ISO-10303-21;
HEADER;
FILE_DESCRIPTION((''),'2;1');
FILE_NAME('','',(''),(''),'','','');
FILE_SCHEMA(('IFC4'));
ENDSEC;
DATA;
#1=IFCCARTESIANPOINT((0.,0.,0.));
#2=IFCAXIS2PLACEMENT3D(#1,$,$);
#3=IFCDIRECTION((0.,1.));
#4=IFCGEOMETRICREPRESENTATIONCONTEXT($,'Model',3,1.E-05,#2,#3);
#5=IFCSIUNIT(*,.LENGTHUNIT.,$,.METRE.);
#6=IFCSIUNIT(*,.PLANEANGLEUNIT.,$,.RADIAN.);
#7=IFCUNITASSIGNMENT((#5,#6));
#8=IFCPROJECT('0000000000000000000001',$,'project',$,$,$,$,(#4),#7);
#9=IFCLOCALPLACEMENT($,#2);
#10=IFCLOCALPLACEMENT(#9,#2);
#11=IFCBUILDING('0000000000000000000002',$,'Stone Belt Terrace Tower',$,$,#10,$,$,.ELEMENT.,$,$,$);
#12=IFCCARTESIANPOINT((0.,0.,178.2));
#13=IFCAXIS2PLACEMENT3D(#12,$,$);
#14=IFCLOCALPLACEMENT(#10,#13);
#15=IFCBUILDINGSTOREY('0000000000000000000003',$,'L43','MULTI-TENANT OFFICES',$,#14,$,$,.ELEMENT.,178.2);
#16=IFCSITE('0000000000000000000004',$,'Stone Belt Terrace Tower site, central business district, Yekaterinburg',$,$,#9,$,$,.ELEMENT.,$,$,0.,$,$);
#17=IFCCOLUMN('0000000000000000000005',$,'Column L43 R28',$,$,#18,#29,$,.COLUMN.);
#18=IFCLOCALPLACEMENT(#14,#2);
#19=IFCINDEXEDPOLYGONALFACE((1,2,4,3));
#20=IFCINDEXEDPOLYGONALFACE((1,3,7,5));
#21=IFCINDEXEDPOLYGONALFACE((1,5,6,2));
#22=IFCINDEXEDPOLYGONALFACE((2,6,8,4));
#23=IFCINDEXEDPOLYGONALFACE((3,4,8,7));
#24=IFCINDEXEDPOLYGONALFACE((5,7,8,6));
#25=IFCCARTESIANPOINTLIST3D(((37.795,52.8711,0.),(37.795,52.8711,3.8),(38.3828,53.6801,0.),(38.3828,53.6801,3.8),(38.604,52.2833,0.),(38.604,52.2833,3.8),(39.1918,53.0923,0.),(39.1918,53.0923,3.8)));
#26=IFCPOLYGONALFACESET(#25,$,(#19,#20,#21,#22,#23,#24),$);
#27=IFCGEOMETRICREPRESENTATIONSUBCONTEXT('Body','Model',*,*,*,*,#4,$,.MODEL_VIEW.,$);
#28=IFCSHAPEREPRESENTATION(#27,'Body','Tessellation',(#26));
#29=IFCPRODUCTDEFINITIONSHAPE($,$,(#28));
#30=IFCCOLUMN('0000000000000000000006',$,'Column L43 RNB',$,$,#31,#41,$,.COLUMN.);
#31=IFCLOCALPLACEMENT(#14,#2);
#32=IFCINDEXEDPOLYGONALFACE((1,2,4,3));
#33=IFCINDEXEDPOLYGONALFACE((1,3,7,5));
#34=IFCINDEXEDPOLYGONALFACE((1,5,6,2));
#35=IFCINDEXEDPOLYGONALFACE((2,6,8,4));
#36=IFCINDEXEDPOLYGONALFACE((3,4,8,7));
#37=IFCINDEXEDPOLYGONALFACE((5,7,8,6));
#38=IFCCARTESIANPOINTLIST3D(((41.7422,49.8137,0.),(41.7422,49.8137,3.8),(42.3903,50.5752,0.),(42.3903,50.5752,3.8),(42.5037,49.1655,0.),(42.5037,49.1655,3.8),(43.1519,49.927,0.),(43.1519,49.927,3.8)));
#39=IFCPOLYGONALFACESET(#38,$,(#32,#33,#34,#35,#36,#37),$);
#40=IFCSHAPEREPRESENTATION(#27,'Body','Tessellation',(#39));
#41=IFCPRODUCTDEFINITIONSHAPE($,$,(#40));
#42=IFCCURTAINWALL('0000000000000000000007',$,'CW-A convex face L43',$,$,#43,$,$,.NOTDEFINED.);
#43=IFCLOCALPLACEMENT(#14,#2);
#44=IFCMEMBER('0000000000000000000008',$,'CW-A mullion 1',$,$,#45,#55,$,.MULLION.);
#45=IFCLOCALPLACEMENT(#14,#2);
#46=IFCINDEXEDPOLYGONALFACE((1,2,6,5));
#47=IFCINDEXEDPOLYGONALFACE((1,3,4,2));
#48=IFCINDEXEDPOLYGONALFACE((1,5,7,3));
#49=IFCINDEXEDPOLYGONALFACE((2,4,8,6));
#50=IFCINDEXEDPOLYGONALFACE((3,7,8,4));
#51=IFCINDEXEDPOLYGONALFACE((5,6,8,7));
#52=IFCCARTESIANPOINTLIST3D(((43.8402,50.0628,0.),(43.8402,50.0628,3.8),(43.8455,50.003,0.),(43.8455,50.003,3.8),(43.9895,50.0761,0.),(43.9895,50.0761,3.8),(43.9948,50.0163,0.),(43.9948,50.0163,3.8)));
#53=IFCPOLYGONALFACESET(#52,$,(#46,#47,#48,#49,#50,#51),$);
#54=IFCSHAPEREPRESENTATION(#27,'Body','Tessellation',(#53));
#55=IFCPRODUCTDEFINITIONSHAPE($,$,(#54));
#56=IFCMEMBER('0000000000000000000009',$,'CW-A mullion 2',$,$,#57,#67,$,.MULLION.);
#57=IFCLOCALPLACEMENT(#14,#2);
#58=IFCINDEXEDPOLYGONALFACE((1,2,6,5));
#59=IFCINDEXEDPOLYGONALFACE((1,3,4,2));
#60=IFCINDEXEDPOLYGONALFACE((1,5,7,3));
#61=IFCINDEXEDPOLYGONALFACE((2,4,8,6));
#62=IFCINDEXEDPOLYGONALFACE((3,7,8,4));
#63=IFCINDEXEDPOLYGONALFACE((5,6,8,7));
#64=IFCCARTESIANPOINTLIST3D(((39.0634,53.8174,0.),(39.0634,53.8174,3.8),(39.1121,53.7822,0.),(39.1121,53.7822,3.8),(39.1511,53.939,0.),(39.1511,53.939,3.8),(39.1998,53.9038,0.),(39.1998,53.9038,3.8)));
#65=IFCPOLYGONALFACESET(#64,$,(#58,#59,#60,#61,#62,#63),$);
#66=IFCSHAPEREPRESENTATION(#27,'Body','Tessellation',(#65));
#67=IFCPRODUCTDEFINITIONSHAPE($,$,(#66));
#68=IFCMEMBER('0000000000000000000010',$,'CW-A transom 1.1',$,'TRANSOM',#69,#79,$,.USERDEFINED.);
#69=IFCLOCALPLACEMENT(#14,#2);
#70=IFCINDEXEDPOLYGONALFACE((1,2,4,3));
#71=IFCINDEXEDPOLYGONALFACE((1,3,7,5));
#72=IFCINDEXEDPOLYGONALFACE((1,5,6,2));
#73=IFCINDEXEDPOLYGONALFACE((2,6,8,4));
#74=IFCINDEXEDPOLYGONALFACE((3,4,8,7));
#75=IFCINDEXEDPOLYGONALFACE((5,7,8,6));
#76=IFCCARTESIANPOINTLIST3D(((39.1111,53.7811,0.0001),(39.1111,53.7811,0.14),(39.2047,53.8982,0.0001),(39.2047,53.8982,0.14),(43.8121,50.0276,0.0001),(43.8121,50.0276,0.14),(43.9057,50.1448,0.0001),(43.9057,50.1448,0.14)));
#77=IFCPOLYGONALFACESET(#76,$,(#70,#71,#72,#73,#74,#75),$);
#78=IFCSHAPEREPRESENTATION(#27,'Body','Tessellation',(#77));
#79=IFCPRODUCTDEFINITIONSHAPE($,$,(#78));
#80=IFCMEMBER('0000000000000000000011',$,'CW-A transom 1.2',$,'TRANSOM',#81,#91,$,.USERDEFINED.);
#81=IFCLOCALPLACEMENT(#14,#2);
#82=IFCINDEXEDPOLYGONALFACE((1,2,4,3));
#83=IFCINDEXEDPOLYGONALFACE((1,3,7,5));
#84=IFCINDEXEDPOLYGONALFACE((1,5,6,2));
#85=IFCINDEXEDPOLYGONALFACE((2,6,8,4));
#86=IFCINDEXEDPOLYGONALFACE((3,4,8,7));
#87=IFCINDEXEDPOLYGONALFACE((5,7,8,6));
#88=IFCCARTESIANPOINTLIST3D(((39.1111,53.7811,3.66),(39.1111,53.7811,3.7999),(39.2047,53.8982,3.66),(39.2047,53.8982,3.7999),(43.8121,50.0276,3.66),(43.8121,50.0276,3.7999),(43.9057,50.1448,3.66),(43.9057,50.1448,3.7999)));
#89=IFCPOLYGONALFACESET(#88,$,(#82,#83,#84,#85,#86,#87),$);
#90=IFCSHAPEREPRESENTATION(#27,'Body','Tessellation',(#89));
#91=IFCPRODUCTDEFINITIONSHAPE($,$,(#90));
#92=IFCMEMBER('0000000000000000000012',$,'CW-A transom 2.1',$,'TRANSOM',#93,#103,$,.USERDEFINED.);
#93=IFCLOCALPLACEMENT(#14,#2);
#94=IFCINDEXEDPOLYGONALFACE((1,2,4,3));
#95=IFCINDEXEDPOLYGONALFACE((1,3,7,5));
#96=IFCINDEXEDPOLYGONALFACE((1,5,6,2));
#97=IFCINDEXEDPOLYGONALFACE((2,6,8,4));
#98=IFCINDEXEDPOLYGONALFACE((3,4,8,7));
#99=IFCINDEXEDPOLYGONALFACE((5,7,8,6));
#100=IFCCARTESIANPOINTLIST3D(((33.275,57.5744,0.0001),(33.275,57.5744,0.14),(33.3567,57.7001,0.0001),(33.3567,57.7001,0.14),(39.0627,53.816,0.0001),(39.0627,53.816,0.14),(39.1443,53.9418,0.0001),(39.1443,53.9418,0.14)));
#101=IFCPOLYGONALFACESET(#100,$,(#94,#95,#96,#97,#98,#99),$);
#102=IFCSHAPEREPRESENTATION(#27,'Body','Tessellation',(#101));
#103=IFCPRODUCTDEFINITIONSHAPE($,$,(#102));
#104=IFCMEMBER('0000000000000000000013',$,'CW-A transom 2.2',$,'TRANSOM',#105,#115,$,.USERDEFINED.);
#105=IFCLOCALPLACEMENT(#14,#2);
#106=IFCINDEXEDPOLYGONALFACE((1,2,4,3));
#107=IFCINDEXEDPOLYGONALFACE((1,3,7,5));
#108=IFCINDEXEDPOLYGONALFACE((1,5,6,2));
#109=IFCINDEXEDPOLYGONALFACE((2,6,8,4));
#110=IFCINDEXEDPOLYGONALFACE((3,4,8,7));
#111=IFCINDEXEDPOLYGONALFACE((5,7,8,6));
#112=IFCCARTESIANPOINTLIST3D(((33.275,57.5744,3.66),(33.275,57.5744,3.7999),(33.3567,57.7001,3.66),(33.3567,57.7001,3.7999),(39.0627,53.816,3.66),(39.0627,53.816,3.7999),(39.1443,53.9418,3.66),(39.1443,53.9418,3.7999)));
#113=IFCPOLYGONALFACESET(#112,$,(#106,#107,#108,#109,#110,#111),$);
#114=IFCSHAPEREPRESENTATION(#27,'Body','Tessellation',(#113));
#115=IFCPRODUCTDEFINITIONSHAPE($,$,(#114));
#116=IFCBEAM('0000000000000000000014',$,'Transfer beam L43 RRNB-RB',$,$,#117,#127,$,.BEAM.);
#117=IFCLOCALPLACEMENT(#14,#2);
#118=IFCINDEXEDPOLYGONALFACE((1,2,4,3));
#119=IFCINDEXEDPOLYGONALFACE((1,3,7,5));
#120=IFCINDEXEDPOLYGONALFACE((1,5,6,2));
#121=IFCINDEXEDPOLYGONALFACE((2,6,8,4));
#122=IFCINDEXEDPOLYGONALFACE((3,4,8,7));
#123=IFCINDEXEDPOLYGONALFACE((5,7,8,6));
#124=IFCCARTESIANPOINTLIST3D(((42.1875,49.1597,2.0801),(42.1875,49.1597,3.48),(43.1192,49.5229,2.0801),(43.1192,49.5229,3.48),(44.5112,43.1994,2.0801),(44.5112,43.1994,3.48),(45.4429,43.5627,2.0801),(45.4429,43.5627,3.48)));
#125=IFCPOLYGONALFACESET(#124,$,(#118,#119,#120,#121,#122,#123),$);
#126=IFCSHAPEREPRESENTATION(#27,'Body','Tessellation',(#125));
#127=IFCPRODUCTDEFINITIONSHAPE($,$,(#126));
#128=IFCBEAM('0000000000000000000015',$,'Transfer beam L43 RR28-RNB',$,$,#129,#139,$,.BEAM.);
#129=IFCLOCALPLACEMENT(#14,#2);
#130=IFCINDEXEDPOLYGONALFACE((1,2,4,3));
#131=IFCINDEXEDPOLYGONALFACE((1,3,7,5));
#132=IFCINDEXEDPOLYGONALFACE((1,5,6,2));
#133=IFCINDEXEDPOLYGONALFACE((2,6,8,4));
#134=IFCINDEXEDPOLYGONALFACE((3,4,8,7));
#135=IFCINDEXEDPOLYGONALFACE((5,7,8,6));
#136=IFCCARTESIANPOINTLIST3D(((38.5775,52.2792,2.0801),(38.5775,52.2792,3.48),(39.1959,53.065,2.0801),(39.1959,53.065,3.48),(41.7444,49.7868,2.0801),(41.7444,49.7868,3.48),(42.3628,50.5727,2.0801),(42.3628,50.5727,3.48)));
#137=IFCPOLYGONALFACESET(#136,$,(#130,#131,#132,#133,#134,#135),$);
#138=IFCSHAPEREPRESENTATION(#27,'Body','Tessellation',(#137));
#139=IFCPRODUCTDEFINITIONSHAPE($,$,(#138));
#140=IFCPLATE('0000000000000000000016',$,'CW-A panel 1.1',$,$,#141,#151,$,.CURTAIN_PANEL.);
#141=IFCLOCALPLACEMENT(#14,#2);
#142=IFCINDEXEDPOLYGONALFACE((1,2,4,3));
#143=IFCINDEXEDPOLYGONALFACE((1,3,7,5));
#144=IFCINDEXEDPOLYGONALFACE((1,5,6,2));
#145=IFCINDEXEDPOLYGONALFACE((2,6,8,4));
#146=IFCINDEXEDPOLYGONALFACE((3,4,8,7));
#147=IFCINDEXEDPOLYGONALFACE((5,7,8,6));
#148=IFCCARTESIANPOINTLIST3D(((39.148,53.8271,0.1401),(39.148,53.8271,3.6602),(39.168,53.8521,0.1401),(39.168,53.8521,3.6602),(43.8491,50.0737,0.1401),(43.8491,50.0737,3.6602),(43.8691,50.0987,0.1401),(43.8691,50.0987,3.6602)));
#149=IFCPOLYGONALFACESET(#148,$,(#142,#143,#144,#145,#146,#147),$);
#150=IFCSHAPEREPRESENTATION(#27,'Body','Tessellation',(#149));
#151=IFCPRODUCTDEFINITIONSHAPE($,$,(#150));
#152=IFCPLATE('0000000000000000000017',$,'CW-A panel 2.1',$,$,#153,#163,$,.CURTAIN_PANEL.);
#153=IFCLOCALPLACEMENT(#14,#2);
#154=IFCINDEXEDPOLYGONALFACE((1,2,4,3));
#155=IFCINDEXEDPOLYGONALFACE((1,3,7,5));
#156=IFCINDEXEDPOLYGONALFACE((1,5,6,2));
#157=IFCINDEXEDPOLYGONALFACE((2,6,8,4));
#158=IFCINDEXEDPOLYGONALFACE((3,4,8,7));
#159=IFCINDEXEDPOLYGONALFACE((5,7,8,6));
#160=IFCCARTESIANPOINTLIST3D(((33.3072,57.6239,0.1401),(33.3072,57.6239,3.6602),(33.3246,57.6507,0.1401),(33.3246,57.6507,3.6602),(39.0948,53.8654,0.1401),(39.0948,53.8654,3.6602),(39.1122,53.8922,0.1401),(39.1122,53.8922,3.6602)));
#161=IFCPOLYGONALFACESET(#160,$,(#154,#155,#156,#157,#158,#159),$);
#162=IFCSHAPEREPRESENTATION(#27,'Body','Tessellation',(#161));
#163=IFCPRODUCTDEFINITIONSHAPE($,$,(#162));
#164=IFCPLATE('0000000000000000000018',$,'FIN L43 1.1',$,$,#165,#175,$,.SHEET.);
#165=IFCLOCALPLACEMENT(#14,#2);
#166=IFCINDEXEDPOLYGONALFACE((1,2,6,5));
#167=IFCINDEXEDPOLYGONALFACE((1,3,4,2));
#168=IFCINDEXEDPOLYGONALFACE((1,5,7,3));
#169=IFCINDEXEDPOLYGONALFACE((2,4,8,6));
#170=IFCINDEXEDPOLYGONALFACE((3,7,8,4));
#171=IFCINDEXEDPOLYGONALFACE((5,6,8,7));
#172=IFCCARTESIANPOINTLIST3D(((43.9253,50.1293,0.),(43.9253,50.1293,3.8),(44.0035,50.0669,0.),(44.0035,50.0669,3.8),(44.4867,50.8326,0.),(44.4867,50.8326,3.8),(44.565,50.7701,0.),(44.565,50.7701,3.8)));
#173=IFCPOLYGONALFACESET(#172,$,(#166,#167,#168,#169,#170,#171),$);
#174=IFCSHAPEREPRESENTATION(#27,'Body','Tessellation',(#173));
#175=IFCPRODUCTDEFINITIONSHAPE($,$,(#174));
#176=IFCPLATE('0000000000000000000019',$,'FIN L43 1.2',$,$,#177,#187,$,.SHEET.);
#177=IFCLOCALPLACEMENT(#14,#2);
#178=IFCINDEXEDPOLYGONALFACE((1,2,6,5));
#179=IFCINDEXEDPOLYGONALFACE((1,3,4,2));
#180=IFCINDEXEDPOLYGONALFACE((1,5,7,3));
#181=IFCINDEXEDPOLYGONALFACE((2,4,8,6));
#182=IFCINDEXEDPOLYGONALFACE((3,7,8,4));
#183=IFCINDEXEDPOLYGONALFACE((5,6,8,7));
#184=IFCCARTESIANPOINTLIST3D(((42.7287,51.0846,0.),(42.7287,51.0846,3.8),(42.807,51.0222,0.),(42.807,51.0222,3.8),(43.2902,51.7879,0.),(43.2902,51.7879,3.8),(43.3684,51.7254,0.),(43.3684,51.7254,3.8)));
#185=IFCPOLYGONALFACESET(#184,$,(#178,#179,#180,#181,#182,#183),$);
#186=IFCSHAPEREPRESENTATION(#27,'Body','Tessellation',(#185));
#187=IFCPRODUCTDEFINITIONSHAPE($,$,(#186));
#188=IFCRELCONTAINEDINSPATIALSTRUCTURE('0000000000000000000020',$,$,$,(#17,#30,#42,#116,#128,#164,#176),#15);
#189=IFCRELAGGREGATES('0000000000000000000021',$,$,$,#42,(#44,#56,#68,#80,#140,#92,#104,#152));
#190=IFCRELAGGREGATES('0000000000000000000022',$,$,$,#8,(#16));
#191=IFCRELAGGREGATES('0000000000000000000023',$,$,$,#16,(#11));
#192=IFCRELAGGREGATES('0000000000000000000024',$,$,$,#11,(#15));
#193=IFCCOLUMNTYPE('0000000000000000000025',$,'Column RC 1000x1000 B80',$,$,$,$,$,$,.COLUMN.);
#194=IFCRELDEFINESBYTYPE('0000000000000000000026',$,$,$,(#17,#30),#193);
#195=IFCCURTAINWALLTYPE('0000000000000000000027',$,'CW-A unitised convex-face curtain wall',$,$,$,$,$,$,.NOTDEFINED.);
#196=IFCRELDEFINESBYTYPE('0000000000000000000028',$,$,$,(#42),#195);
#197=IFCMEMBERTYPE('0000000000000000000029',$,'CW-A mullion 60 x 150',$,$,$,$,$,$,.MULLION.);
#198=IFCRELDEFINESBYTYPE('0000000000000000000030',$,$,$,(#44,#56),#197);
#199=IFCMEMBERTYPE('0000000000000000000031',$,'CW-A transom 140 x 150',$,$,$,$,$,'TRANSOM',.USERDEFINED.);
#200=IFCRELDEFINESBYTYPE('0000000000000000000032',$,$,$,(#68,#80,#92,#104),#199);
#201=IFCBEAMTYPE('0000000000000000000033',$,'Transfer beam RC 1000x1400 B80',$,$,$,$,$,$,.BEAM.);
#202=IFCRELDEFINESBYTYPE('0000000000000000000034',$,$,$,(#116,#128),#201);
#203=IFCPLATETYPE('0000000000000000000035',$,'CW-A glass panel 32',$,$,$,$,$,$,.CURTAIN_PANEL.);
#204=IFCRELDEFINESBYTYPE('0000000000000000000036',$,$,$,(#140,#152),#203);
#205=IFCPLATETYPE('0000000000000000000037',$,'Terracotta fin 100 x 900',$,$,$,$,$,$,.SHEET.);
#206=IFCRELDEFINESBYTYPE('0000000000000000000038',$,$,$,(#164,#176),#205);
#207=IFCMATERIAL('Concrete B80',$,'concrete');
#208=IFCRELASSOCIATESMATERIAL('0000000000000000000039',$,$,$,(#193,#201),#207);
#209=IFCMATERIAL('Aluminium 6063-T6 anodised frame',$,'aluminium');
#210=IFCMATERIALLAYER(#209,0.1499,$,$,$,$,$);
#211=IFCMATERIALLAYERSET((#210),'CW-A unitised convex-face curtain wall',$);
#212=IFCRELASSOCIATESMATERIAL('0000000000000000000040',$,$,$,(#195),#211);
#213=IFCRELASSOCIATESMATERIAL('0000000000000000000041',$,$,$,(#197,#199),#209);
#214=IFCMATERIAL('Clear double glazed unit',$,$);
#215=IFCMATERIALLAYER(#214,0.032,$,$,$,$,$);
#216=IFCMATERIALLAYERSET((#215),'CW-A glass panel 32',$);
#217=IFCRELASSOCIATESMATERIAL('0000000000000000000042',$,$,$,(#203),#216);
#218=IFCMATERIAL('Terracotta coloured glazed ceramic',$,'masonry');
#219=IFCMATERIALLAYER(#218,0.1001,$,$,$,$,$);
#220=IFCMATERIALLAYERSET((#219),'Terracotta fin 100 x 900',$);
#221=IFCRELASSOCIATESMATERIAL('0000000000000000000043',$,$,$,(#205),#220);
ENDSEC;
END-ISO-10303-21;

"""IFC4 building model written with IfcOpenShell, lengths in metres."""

from ifc_helpers import new_model, si_unit, direction, frame, origin, origin_2d, place, context, subcontext, project, spatial, rectangle, extrude, material, layer, layer_set, material_profile, profile_set, type_object, element, aggregate, save


model = new_model("IFC4")

# Units and contexts
model_context = context("Model", 3, precision=1e-05, world=origin(), true_north=direction((0.0, 1.0)))
body_context = subcontext(model_context, "Body", "Model", "MODEL_VIEW")
ifc_project = project(units=[si_unit("LENGTHUNIT", "METRE"), si_unit("PLANEANGLEUNIT", "RADIAN")], contexts=[model_context])

# Site, building, storey
site_placement = place(None, origin())
site = spatial("IfcSite", under=ifc_project, at=site_placement, Name="Stone Belt Terrace Tower site, central business district, Yekaterinburg", CompositionType="ELEMENT", RefElevation=0.0)
building_placement = place(site_placement, origin())
building = spatial("IfcBuilding", under=site, at=building_placement, Name="Stone Belt Terrace Tower", CompositionType="ELEMENT")
storey_placement = place(building_placement, frame((0.0, 0.0, 178.2)))
storey = spatial("IfcBuildingStorey", under=building, at=storey_placement, Name="L43", Description="MULTI-TENANT OFFICES", CompositionType="ELEMENT", Elevation=178.2)

# Columns
ifc_material_1 = material(Name="Concrete B80", Category="concrete")
ifc_material_profile_1 = material_profile(ifc_material_1, rectangle(XDim=1.0, YDim=1.0, at=origin_2d()), Name="RC 1000x1000")
ifc_profile_set_1 = profile_set([ifc_material_profile_1], Name="Concrete B80")
column_type = type_object("IfcColumnType", Name="Column RC 1000x1000 B80", PredefinedType="COLUMN", material=ifc_profile_set_1)
for number, where, z_axis, x_axis, name in (
    (1, (38.4934, 52.9817, 0.0), (0.0, 0.0, 1.0), (0.809017, -0.587785, 0.0), "Column L43 R28"),
    (2, (42.447, 49.8704, 0.0), (0.0, 0.0, 1.0), (0.761509, -0.648154, 0.0), "Column L43 RNB"),
):
    element("IfcColumn", number, at=place(storey_placement, frame(where, z_axis=z_axis, x_axis=x_axis)), inside=storey, type_object=column_type, Name=name, PredefinedType="COLUMN", context=body_context, shape_type="SweptSolid", body=[
        extrude(rectangle(XDim=1.0, YDim=1.0, at=origin_2d()), origin(), (0.0, 0.0, 1.0), 3.8),
    ])

# Curtain wall, members
ifc_material_2 = material(Name="Aluminium 6063-T6 anodised frame", Category="aluminium")
ifc_layer_1 = layer(ifc_material_2, 0.1499)
ifc_layer_set_1 = layer_set([ifc_layer_1], Name="CW-A unitised convex-face curtain wall")
curtain_wall_type = type_object("IfcCurtainWallType", Name="CW-A unitised convex-face curtain wall", PredefinedType="NOTDEFINED", material=ifc_layer_set_1)
curtain_wall_placement = place(storey_placement, origin())
curtain_wall = element("IfcCurtainWall", 3, at=curtain_wall_placement, inside=storey, type_object=curtain_wall_type, Name="CW-A convex face L43", PredefinedType="NOTDEFINED")
ifc_material_profile_2 = material_profile(ifc_material_2, rectangle(XDim=0.1499, YDim=0.0601, at=origin_2d()), Name="Aluminium 6063-T6 60x150")
ifc_profile_set_2 = profile_set([ifc_material_profile_2], Name="Aluminium 6063-T6 anodised frame")
member_type_1 = type_object("IfcMemberType", Name="CW-A mullion 60 x 150", PredefinedType="MULLION", material=ifc_profile_set_2)
member_1_placement = place(storey_placement, frame((43.9175, 50.0396, 0.0), z_axis=(0.0, 0.0, 1.0), x_axis=(-0.99605, -0.088796, 0.0)))
member_1 = element("IfcMember", 4, at=member_1_placement, type_object=member_type_1, Name="CW-A mullion 1", PredefinedType="MULLION", context=body_context, shape_type="SweptSolid", body=[
    extrude(rectangle(XDim=0.1499, YDim=0.0601, at=origin_2d()), origin(), (0.0, 0.0, 1.0), 3.8),
])
member_2_placement = place(storey_placement, frame((39.1316, 53.8606, 0.0), z_axis=(0.0, 0.0, 1.0), x_axis=(-0.584984, -0.811045, 0.0)))
member_2 = element("IfcMember", 5, at=member_2_placement, type_object=member_type_1, Name="CW-A mullion 2", PredefinedType="MULLION", context=body_context, shape_type="SweptSolid", body=[
    extrude(rectangle(XDim=0.1499, YDim=0.0601, at=origin_2d()), origin(), (0.0, 0.0, 1.0), 3.8),
])
ifc_material_profile_3 = material_profile(ifc_material_2, rectangle(XDim=0.1499, YDim=0.1399, at=origin_2d()), Name="Aluminium 6063-T6 150x140")
ifc_profile_set_3 = profile_set([ifc_material_profile_3], Name="Aluminium 6063-T6 anodised frame")
member_type_2 = type_object("IfcMemberType", Name="CW-A transom 140 x 150", ElementType="TRANSOM", PredefinedType="USERDEFINED", material=ifc_profile_set_3)
member_3_placement = place(storey_placement, frame((43.8589, 50.0862, 0.0701), z_axis=(-0.781462, 0.623952, 0.0), x_axis=(-0.623952, -0.781462, 0.0)))
member_3 = element("IfcMember", 6, at=member_3_placement, type_object=member_type_2, Name="CW-A transom 1.1", ObjectType="TRANSOM", PredefinedType="USERDEFINED", context=body_context, shape_type="SweptSolid", body=[
    extrude(rectangle(XDim=0.1499, YDim=0.1399, at=origin_2d()), origin(), (0.0, 0.0, 1.0), 6.0156),
])
member_4_placement = place(storey_placement, frame((43.8589, 50.0862, 3.73), z_axis=(-0.781462, 0.623952, 0.0), x_axis=(-0.623952, -0.781462, 0.0)))
member_4 = element("IfcMember", 7, at=member_4_placement, type_object=member_type_2, Name="CW-A transom 1.2", ObjectType="TRANSOM", PredefinedType="USERDEFINED", context=body_context, shape_type="SweptSolid", body=[
    extrude(rectangle(XDim=0.1499, YDim=0.1399, at=origin_2d()), origin(), (0.0, 0.0, 1.0), 6.0156),
])
member_5_placement = place(storey_placement, frame((39.1035, 53.8789, 0.0701), z_axis=(-0.838684, 0.544618, 0.0), x_axis=(-0.544618, -0.838684, 0.0)))
member_5 = element("IfcMember", 8, at=member_5_placement, type_object=member_type_2, Name="CW-A transom 2.1", ObjectType="TRANSOM", PredefinedType="USERDEFINED", context=body_context, shape_type="SweptSolid", body=[
    extrude(rectangle(XDim=0.1499, YDim=0.1399, at=origin_2d()), origin(), (0.0, 0.0, 1.0), 6.9009),
])
member_6_placement = place(storey_placement, frame((39.1035, 53.8789, 3.73), z_axis=(-0.838684, 0.544618, 0.0), x_axis=(-0.544618, -0.838684, 0.0)))
member_6 = element("IfcMember", 9, at=member_6_placement, type_object=member_type_2, Name="CW-A transom 2.2", ObjectType="TRANSOM", PredefinedType="USERDEFINED", context=body_context, shape_type="SweptSolid", body=[
    extrude(rectangle(XDim=0.1499, YDim=0.1399, at=origin_2d()), origin(), (0.0, 0.0, 1.0), 6.9009),
])

# Beams
ifc_material_profile_4 = material_profile(ifc_material_1, rectangle(XDim=1.0, YDim=1.3999, at=origin_2d()), Name="RC 1000x1400")
ifc_profile_set_4 = profile_set([ifc_material_profile_4], Name="Concrete B80")
beam_type = type_object("IfcBeamType", Name="Transfer beam RC 1000x1400 B80", PredefinedType="BEAM", material=ifc_profile_set_4)
beam_1_placement = place(storey_placement, frame((42.6533, 49.3413, 2.78), z_axis=(0.363244, -0.931694, 0.0), x_axis=(0.931694, 0.363244, 0.0)))
element("IfcBeam", 10, at=beam_1_placement, inside=storey, type_object=beam_type, Name="Transfer beam L43 RRNB-RB", PredefinedType="BEAM", context=body_context, shape_type="SweptSolid", body=[
    extrude(rectangle(XDim=1.0, YDim=1.3999, at=origin_2d()), origin(), (0.0, 0.0, 1.0), 6.3972),
])
beam_2_placement = place(storey_placement, frame((38.8867, 52.6721, 2.78), z_axis=(0.785826, -0.618447, 0.0), x_axis=(0.618447, 0.785826, 0.0)))
element("IfcBeam", 11, at=beam_2_placement, inside=storey, type_object=beam_type, Name="Transfer beam L43 RR28-RNB", PredefinedType="BEAM", context=body_context, shape_type="SweptSolid", body=[
    extrude(rectangle(XDim=1.0, YDim=1.3999, at=origin_2d()), origin(), (0.0, 0.0, 1.0), 4.03),
])

# Plates
ifc_material_3 = material(Name="Clear double glazed unit")
ifc_layer_2 = layer(ifc_material_3, 0.032)
ifc_layer_set_2 = layer_set([ifc_layer_2], Name="CW-A glass panel 32")
plate_type_1 = type_object("IfcPlateType", Name="CW-A glass panel 32", PredefinedType="CURTAIN_PANEL", material=ifc_layer_set_2)
plate_1_placement = place(storey_placement, frame((41.5085, 51.9629, 0.1401), z_axis=(0.0, 0.0, 1.0), x_axis=(-0.781479, 0.623931, 0.0)))
plate_1 = element("IfcPlate", 12, at=plate_1_placement, type_object=plate_type_1, Name="CW-A panel 1.1", PredefinedType="CURTAIN_PANEL", context=body_context, shape_type="SweptSolid", body=[
    extrude(rectangle(XDim=6.0156, YDim=0.032, at=origin_2d()), origin(), (0.0, 0.0, 1.0), 3.52),
])
plate_2_placement = place(storey_placement, frame((36.2097, 55.7581, 0.1401), z_axis=(0.0, 0.0, 1.0), x_axis=(-0.838671, 0.544639, 0.0)))
plate_2 = element("IfcPlate", 13, at=plate_2_placement, type_object=plate_type_1, Name="CW-A panel 2.1", PredefinedType="CURTAIN_PANEL", context=body_context, shape_type="SweptSolid", body=[
    extrude(rectangle(XDim=6.9009, YDim=0.032, at=origin_2d()), origin(), (0.0, 0.0, 1.0), 3.52),
])
aggregate(curtain_wall, [member_1, member_2, member_3, member_4, plate_1, member_5, member_6, plate_2])

# Plates
ifc_material_4 = material(Name="Terracotta coloured glazed ceramic", Category="masonry")
ifc_layer_3 = layer(ifc_material_4, 0.1001)
ifc_layer_set_3 = layer_set([ifc_layer_3], Name="Terracotta fin 100 x 900")
plate_type_2 = type_object("IfcPlateType", Name="Terracotta fin 100 x 900", PredefinedType="SHEET", material=ifc_layer_set_3)
for number, where, z_axis, x_axis, name in (
    (14, (44.2451, 50.4497, 0.0), (0.0, 0.0, 1.0), (0.623931, 0.781479, 0.0), "FIN L43 1.1"),
    (15, (43.0486, 51.405, 0.0), (0.0, 0.0, 1.0), (0.623931, 0.781479, 0.0), "FIN L43 1.2"),
):
    element("IfcPlate", number, at=place(storey_placement, frame(where, z_axis=z_axis, x_axis=x_axis)), inside=storey, type_object=plate_type_2, Name=name, PredefinedType="SHEET", context=body_context, shape_type="SweptSolid", body=[
        extrude(rectangle(XDim=0.8999, YDim=0.1001, at=origin_2d()), origin(), (0.0, 0.0, 1.0), 3.8),
    ])

save(model, "model.ifc")
